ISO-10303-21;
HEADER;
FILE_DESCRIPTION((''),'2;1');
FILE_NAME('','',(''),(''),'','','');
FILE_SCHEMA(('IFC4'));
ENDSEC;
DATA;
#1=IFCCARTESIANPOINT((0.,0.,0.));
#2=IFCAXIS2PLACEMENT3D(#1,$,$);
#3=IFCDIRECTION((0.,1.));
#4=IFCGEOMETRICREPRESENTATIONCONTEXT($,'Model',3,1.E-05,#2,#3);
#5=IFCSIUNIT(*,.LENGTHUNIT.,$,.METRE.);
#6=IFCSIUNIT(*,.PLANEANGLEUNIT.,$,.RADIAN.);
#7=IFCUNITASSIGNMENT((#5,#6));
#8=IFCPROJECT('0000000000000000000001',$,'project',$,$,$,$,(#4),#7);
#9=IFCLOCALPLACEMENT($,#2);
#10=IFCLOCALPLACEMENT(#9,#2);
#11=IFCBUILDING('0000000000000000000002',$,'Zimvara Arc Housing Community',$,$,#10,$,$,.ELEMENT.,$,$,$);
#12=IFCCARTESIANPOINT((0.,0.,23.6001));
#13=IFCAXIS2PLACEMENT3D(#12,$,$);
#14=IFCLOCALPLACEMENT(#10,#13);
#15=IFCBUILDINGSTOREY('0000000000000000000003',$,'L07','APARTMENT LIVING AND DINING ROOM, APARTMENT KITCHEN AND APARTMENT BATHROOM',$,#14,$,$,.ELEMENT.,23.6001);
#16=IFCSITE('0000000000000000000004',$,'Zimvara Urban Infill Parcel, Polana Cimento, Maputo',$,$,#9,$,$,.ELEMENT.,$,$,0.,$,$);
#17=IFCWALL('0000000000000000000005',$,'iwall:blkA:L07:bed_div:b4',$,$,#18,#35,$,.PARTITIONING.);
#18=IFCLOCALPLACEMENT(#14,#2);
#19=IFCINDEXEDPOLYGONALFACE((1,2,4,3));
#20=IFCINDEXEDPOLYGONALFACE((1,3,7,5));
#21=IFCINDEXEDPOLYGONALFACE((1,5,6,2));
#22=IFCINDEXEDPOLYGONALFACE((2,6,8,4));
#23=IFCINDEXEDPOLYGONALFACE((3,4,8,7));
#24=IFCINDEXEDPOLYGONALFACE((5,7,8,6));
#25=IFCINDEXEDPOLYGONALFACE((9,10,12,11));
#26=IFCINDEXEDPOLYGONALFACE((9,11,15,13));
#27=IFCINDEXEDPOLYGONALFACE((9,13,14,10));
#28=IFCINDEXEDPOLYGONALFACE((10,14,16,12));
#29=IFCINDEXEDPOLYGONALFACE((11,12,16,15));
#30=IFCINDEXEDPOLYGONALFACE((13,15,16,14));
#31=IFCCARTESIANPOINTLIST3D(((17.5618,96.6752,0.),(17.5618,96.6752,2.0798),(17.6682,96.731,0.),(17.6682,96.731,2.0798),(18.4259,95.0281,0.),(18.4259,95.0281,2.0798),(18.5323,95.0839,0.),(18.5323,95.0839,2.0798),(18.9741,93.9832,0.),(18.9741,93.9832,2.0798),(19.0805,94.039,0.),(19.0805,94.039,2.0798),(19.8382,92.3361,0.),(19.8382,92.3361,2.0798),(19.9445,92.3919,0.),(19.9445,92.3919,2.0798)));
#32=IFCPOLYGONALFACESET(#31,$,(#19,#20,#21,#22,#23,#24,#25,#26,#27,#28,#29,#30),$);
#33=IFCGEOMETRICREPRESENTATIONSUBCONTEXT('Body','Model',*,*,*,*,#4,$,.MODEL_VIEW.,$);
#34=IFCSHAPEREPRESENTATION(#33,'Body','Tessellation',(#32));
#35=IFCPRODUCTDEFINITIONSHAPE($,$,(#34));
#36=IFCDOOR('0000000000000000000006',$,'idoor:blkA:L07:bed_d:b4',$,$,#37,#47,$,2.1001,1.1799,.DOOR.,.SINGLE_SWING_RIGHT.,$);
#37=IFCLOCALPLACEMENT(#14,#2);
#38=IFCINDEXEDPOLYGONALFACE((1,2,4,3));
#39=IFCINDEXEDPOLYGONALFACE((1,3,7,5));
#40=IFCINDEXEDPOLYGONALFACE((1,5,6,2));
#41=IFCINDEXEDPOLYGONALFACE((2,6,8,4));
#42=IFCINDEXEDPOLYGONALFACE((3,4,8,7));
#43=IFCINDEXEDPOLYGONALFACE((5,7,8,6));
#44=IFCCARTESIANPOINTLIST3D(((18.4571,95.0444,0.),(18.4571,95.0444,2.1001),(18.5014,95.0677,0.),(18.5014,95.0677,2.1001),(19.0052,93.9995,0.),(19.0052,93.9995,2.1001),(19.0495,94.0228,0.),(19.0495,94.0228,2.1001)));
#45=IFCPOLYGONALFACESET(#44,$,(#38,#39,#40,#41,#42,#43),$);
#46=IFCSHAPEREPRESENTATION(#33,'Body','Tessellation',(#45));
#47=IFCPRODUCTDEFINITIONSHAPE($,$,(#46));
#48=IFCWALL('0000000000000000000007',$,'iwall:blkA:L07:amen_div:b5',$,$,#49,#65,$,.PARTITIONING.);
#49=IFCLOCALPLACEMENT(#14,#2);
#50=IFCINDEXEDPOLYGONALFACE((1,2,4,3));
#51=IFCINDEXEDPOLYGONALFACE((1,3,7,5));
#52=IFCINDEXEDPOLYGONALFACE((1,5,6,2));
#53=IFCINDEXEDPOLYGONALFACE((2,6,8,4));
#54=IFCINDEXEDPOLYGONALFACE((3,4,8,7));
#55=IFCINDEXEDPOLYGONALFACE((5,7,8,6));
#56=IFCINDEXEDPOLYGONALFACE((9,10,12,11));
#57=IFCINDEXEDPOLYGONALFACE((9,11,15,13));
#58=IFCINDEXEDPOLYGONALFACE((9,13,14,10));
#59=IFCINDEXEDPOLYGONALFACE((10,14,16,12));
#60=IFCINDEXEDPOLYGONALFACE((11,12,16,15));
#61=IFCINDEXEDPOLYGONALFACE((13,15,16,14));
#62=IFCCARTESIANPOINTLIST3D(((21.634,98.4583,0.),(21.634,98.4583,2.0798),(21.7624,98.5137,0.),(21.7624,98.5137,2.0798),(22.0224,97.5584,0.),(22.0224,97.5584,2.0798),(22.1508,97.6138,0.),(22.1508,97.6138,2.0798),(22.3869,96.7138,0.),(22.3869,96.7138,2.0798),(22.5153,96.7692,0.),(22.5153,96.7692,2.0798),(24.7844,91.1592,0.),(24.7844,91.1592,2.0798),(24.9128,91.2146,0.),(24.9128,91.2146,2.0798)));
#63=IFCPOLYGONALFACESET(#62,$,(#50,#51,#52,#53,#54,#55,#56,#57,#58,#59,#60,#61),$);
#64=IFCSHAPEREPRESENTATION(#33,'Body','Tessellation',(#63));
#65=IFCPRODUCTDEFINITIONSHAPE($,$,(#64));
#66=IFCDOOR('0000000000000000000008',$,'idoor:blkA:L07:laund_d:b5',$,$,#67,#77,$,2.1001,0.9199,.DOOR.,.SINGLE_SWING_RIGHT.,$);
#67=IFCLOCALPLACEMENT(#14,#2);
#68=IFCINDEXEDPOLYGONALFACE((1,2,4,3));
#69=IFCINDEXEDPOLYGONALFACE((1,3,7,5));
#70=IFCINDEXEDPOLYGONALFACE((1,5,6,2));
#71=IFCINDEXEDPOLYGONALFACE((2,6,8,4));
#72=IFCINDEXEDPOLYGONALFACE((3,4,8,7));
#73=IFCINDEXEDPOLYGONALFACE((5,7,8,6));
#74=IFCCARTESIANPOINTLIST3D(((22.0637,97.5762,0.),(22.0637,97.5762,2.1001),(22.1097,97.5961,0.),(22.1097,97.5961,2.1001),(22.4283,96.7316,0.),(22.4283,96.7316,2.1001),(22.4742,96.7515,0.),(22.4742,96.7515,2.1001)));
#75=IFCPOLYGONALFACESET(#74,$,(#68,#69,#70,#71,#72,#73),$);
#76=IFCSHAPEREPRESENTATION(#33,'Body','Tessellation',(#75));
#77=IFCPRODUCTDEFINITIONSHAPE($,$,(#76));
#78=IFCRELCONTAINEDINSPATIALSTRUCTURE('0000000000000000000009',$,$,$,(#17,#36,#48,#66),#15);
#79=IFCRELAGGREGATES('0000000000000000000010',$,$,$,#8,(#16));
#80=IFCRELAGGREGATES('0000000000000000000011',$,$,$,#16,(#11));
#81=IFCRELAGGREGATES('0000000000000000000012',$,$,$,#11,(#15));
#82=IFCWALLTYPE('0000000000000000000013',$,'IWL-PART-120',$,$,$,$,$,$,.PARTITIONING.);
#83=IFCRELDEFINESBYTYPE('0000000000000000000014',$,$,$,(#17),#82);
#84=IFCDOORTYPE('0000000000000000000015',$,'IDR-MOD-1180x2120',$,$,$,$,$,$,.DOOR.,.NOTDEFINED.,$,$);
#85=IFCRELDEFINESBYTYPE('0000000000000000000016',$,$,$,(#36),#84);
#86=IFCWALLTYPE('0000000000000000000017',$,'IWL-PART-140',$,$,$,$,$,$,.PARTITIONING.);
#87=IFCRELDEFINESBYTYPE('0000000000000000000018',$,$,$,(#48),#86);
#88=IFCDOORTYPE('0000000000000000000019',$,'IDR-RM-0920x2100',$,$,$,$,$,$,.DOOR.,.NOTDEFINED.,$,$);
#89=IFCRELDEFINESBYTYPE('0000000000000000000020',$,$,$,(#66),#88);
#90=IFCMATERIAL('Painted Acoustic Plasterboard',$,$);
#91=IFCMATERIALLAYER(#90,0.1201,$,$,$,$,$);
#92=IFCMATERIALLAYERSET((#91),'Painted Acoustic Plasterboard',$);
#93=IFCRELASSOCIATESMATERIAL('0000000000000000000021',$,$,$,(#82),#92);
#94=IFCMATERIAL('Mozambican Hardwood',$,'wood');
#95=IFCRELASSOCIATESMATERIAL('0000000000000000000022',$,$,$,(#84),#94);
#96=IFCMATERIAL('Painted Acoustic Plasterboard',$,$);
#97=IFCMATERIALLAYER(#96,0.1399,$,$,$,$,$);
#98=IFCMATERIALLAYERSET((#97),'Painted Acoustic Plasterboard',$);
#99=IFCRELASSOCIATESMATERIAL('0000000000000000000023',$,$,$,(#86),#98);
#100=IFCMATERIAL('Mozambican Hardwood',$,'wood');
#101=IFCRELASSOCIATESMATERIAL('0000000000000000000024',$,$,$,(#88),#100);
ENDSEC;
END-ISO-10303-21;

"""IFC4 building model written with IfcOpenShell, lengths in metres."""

from ifc_helpers import new_model, si_unit, direction, frame, frame_2d, origin, place, context, subcontext, project, spatial, rectangle, extrude, material, layer, layer_set, type_object, element, fill, save


model = new_model("IFC4")

# Units and contexts
model_context = context("Model", 3, precision=1e-05, world=origin(), true_north=direction((0.0, 1.0)))
body_context = subcontext(model_context, "Body", "Model", "MODEL_VIEW")
ifc_project = project(units=[si_unit("LENGTHUNIT", "METRE"), si_unit("PLANEANGLEUNIT", "RADIAN")], contexts=[model_context])

# Site, building, storey
site_placement = place(None, origin())
site = spatial("IfcSite", under=ifc_project, at=site_placement, Name="Zimvara Urban Infill Parcel, Polana Cimento, Maputo", CompositionType="ELEMENT", RefElevation=0.0)
building_placement = place(site_placement, origin())
building = spatial("IfcBuilding", under=site, at=building_placement, Name="Zimvara Arc Housing Community", CompositionType="ELEMENT")
storey_placement = place(building_placement, frame((0.0, 0.0, 23.6001)))
storey = spatial("IfcBuildingStorey", under=building, at=storey_placement, Name="L07", Description="APARTMENT LIVING AND DINING ROOM, APARTMENT KITCHEN AND APARTMENT BATHROOM", CompositionType="ELEMENT", Elevation=23.6001)

# Walls, openings, doors
ifc_material_1 = material(Name="Painted Acoustic Plasterboard")
ifc_layer_1 = layer(ifc_material_1, 0.1201)
ifc_layer_set_1 = layer_set([ifc_layer_1], Name="Painted Acoustic Plasterboard")
wall_type_1 = type_object("IfcWallType", Name="IWL-PART-120", PredefinedType="PARTITIONING", material=ifc_layer_set_1)
wall_1_placement = place(storey_placement, frame((19.8914, 92.364, 0.0), z_axis=(0.0, 0.0, 1.0), x_axis=(-0.464567, 0.885538, 0.0)))
wall_1 = element("IfcWall", 1, at=wall_1_placement, inside=storey, type_object=wall_type_1, Name="iwall:blkA:L07:bed_div:b4", PredefinedType="PARTITIONING", context=body_context, shape_type="SweptSolid", body=[
    extrude(rectangle(XDim=4.8999, YDim=0.1201, at=frame_2d((2.45, 0.0))), origin(), (0.0, 0.0, 1.0), 2.0798),
])
opening_1_placement = place(wall_1_placement, frame((1.8601, 0.0, 0.0)))
opening_1 = element("IfcOpeningElement", 2, at=opening_1_placement, cuts=wall_1, PredefinedType="OPENING", context=body_context, shape_type="SweptSolid", body=[
    extrude(rectangle(XDim=1.1799, YDim=2.1001, at=frame_2d((0.5898, 1.05))), frame((0.0, 0.0701, 0.0), z_axis=(0.0, -1.0, 0.0), x_axis=(1.0, 0.0, 0.0)), (0.0, 0.0, 1.0), 0.1401),
])
ifc_material_2 = material(Name="Mozambican Hardwood", Category="wood")
door_type_1 = type_object("IfcDoorType", Name="IDR-MOD-1180x2120", OperationType="NOTDEFINED", PredefinedType="DOOR", material=ifc_material_2)
door_1_placement = place(opening_1_placement, origin())
door_1 = element("IfcDoor", 3, at=door_1_placement, inside=storey, type_object=door_type_1, Name="idoor:blkA:L07:bed_d:b4", OperationType="SINGLE_SWING_RIGHT", OverallHeight=2.1001, OverallWidth=1.1799, PredefinedType="DOOR", context=body_context, shape_type="SweptSolid", body=[
    extrude(rectangle(XDim=1.1799, YDim=2.1001, at=frame_2d((0.5898, 1.05))), frame((0.0, 0.0249, 0.0), z_axis=(0.0, -1.0, 0.0), x_axis=(1.0, 0.0, 0.0)), (0.0, 0.0, 1.0), 0.05),
])
fill(opening_1, door_1)
ifc_material_3 = material(Name="Painted Acoustic Plasterboard")
ifc_layer_2 = layer(ifc_material_3, 0.1399)
ifc_layer_set_2 = layer_set([ifc_layer_2], Name="Painted Acoustic Plasterboard")
wall_type_2 = type_object("IfcWallType", Name="IWL-PART-140", PredefinedType="PARTITIONING", material=ifc_layer_set_2)
wall_2_placement = place(storey_placement, frame((24.8486, 91.1868, 0.0), z_axis=(0.0, 0.0, 1.0), x_axis=(-0.396279, 0.91813, 0.0)))
wall_2 = element("IfcWall", 4, at=wall_2_placement, inside=storey, type_object=wall_type_2, Name="iwall:blkA:L07:amen_div:b5", PredefinedType="PARTITIONING", context=body_context, shape_type="SweptSolid", body=[
    extrude(rectangle(XDim=7.95, YDim=0.1399, at=frame_2d((3.9751, 0.0))), origin(), (0.0, 0.0, 1.0), 2.0798),
])
opening_2_placement = place(wall_2_placement, frame((6.05, 0.0, 0.0)))
opening_2 = element("IfcOpeningElement", 5, at=opening_2_placement, cuts=wall_2, PredefinedType="OPENING", context=body_context, shape_type="SweptSolid", body=[
    extrude(rectangle(XDim=0.9199, YDim=2.1001, at=frame_2d((0.46, 1.05))), frame((0.0, 0.0798, 0.0), z_axis=(0.0, -1.0, 0.0), x_axis=(1.0, 0.0, 0.0)), (0.0, 0.0, 1.0), 0.1599),
])
ifc_material_4 = material(Name="Mozambican Hardwood", Category="wood")
door_type_2 = type_object("IfcDoorType", Name="IDR-RM-0920x2100", OperationType="NOTDEFINED", PredefinedType="DOOR", material=ifc_material_4)
door_2_placement = place(opening_2_placement, origin())
door_2 = element("IfcDoor", 6, at=door_2_placement, inside=storey, type_object=door_type_2, Name="idoor:blkA:L07:laund_d:b5", OperationType="SINGLE_SWING_RIGHT", OverallHeight=2.1001, OverallWidth=0.9199, PredefinedType="DOOR", context=body_context, shape_type="SweptSolid", body=[
    extrude(rectangle(XDim=0.9199, YDim=2.1001, at=frame_2d((0.46, 1.05))), frame((0.0, 0.0249, 0.0), z_axis=(0.0, -1.0, 0.0), x_axis=(1.0, 0.0, 0.0)), (0.0, 0.0, 1.0), 0.05),
])
fill(opening_2, door_2)

save(model, "model.ifc")
